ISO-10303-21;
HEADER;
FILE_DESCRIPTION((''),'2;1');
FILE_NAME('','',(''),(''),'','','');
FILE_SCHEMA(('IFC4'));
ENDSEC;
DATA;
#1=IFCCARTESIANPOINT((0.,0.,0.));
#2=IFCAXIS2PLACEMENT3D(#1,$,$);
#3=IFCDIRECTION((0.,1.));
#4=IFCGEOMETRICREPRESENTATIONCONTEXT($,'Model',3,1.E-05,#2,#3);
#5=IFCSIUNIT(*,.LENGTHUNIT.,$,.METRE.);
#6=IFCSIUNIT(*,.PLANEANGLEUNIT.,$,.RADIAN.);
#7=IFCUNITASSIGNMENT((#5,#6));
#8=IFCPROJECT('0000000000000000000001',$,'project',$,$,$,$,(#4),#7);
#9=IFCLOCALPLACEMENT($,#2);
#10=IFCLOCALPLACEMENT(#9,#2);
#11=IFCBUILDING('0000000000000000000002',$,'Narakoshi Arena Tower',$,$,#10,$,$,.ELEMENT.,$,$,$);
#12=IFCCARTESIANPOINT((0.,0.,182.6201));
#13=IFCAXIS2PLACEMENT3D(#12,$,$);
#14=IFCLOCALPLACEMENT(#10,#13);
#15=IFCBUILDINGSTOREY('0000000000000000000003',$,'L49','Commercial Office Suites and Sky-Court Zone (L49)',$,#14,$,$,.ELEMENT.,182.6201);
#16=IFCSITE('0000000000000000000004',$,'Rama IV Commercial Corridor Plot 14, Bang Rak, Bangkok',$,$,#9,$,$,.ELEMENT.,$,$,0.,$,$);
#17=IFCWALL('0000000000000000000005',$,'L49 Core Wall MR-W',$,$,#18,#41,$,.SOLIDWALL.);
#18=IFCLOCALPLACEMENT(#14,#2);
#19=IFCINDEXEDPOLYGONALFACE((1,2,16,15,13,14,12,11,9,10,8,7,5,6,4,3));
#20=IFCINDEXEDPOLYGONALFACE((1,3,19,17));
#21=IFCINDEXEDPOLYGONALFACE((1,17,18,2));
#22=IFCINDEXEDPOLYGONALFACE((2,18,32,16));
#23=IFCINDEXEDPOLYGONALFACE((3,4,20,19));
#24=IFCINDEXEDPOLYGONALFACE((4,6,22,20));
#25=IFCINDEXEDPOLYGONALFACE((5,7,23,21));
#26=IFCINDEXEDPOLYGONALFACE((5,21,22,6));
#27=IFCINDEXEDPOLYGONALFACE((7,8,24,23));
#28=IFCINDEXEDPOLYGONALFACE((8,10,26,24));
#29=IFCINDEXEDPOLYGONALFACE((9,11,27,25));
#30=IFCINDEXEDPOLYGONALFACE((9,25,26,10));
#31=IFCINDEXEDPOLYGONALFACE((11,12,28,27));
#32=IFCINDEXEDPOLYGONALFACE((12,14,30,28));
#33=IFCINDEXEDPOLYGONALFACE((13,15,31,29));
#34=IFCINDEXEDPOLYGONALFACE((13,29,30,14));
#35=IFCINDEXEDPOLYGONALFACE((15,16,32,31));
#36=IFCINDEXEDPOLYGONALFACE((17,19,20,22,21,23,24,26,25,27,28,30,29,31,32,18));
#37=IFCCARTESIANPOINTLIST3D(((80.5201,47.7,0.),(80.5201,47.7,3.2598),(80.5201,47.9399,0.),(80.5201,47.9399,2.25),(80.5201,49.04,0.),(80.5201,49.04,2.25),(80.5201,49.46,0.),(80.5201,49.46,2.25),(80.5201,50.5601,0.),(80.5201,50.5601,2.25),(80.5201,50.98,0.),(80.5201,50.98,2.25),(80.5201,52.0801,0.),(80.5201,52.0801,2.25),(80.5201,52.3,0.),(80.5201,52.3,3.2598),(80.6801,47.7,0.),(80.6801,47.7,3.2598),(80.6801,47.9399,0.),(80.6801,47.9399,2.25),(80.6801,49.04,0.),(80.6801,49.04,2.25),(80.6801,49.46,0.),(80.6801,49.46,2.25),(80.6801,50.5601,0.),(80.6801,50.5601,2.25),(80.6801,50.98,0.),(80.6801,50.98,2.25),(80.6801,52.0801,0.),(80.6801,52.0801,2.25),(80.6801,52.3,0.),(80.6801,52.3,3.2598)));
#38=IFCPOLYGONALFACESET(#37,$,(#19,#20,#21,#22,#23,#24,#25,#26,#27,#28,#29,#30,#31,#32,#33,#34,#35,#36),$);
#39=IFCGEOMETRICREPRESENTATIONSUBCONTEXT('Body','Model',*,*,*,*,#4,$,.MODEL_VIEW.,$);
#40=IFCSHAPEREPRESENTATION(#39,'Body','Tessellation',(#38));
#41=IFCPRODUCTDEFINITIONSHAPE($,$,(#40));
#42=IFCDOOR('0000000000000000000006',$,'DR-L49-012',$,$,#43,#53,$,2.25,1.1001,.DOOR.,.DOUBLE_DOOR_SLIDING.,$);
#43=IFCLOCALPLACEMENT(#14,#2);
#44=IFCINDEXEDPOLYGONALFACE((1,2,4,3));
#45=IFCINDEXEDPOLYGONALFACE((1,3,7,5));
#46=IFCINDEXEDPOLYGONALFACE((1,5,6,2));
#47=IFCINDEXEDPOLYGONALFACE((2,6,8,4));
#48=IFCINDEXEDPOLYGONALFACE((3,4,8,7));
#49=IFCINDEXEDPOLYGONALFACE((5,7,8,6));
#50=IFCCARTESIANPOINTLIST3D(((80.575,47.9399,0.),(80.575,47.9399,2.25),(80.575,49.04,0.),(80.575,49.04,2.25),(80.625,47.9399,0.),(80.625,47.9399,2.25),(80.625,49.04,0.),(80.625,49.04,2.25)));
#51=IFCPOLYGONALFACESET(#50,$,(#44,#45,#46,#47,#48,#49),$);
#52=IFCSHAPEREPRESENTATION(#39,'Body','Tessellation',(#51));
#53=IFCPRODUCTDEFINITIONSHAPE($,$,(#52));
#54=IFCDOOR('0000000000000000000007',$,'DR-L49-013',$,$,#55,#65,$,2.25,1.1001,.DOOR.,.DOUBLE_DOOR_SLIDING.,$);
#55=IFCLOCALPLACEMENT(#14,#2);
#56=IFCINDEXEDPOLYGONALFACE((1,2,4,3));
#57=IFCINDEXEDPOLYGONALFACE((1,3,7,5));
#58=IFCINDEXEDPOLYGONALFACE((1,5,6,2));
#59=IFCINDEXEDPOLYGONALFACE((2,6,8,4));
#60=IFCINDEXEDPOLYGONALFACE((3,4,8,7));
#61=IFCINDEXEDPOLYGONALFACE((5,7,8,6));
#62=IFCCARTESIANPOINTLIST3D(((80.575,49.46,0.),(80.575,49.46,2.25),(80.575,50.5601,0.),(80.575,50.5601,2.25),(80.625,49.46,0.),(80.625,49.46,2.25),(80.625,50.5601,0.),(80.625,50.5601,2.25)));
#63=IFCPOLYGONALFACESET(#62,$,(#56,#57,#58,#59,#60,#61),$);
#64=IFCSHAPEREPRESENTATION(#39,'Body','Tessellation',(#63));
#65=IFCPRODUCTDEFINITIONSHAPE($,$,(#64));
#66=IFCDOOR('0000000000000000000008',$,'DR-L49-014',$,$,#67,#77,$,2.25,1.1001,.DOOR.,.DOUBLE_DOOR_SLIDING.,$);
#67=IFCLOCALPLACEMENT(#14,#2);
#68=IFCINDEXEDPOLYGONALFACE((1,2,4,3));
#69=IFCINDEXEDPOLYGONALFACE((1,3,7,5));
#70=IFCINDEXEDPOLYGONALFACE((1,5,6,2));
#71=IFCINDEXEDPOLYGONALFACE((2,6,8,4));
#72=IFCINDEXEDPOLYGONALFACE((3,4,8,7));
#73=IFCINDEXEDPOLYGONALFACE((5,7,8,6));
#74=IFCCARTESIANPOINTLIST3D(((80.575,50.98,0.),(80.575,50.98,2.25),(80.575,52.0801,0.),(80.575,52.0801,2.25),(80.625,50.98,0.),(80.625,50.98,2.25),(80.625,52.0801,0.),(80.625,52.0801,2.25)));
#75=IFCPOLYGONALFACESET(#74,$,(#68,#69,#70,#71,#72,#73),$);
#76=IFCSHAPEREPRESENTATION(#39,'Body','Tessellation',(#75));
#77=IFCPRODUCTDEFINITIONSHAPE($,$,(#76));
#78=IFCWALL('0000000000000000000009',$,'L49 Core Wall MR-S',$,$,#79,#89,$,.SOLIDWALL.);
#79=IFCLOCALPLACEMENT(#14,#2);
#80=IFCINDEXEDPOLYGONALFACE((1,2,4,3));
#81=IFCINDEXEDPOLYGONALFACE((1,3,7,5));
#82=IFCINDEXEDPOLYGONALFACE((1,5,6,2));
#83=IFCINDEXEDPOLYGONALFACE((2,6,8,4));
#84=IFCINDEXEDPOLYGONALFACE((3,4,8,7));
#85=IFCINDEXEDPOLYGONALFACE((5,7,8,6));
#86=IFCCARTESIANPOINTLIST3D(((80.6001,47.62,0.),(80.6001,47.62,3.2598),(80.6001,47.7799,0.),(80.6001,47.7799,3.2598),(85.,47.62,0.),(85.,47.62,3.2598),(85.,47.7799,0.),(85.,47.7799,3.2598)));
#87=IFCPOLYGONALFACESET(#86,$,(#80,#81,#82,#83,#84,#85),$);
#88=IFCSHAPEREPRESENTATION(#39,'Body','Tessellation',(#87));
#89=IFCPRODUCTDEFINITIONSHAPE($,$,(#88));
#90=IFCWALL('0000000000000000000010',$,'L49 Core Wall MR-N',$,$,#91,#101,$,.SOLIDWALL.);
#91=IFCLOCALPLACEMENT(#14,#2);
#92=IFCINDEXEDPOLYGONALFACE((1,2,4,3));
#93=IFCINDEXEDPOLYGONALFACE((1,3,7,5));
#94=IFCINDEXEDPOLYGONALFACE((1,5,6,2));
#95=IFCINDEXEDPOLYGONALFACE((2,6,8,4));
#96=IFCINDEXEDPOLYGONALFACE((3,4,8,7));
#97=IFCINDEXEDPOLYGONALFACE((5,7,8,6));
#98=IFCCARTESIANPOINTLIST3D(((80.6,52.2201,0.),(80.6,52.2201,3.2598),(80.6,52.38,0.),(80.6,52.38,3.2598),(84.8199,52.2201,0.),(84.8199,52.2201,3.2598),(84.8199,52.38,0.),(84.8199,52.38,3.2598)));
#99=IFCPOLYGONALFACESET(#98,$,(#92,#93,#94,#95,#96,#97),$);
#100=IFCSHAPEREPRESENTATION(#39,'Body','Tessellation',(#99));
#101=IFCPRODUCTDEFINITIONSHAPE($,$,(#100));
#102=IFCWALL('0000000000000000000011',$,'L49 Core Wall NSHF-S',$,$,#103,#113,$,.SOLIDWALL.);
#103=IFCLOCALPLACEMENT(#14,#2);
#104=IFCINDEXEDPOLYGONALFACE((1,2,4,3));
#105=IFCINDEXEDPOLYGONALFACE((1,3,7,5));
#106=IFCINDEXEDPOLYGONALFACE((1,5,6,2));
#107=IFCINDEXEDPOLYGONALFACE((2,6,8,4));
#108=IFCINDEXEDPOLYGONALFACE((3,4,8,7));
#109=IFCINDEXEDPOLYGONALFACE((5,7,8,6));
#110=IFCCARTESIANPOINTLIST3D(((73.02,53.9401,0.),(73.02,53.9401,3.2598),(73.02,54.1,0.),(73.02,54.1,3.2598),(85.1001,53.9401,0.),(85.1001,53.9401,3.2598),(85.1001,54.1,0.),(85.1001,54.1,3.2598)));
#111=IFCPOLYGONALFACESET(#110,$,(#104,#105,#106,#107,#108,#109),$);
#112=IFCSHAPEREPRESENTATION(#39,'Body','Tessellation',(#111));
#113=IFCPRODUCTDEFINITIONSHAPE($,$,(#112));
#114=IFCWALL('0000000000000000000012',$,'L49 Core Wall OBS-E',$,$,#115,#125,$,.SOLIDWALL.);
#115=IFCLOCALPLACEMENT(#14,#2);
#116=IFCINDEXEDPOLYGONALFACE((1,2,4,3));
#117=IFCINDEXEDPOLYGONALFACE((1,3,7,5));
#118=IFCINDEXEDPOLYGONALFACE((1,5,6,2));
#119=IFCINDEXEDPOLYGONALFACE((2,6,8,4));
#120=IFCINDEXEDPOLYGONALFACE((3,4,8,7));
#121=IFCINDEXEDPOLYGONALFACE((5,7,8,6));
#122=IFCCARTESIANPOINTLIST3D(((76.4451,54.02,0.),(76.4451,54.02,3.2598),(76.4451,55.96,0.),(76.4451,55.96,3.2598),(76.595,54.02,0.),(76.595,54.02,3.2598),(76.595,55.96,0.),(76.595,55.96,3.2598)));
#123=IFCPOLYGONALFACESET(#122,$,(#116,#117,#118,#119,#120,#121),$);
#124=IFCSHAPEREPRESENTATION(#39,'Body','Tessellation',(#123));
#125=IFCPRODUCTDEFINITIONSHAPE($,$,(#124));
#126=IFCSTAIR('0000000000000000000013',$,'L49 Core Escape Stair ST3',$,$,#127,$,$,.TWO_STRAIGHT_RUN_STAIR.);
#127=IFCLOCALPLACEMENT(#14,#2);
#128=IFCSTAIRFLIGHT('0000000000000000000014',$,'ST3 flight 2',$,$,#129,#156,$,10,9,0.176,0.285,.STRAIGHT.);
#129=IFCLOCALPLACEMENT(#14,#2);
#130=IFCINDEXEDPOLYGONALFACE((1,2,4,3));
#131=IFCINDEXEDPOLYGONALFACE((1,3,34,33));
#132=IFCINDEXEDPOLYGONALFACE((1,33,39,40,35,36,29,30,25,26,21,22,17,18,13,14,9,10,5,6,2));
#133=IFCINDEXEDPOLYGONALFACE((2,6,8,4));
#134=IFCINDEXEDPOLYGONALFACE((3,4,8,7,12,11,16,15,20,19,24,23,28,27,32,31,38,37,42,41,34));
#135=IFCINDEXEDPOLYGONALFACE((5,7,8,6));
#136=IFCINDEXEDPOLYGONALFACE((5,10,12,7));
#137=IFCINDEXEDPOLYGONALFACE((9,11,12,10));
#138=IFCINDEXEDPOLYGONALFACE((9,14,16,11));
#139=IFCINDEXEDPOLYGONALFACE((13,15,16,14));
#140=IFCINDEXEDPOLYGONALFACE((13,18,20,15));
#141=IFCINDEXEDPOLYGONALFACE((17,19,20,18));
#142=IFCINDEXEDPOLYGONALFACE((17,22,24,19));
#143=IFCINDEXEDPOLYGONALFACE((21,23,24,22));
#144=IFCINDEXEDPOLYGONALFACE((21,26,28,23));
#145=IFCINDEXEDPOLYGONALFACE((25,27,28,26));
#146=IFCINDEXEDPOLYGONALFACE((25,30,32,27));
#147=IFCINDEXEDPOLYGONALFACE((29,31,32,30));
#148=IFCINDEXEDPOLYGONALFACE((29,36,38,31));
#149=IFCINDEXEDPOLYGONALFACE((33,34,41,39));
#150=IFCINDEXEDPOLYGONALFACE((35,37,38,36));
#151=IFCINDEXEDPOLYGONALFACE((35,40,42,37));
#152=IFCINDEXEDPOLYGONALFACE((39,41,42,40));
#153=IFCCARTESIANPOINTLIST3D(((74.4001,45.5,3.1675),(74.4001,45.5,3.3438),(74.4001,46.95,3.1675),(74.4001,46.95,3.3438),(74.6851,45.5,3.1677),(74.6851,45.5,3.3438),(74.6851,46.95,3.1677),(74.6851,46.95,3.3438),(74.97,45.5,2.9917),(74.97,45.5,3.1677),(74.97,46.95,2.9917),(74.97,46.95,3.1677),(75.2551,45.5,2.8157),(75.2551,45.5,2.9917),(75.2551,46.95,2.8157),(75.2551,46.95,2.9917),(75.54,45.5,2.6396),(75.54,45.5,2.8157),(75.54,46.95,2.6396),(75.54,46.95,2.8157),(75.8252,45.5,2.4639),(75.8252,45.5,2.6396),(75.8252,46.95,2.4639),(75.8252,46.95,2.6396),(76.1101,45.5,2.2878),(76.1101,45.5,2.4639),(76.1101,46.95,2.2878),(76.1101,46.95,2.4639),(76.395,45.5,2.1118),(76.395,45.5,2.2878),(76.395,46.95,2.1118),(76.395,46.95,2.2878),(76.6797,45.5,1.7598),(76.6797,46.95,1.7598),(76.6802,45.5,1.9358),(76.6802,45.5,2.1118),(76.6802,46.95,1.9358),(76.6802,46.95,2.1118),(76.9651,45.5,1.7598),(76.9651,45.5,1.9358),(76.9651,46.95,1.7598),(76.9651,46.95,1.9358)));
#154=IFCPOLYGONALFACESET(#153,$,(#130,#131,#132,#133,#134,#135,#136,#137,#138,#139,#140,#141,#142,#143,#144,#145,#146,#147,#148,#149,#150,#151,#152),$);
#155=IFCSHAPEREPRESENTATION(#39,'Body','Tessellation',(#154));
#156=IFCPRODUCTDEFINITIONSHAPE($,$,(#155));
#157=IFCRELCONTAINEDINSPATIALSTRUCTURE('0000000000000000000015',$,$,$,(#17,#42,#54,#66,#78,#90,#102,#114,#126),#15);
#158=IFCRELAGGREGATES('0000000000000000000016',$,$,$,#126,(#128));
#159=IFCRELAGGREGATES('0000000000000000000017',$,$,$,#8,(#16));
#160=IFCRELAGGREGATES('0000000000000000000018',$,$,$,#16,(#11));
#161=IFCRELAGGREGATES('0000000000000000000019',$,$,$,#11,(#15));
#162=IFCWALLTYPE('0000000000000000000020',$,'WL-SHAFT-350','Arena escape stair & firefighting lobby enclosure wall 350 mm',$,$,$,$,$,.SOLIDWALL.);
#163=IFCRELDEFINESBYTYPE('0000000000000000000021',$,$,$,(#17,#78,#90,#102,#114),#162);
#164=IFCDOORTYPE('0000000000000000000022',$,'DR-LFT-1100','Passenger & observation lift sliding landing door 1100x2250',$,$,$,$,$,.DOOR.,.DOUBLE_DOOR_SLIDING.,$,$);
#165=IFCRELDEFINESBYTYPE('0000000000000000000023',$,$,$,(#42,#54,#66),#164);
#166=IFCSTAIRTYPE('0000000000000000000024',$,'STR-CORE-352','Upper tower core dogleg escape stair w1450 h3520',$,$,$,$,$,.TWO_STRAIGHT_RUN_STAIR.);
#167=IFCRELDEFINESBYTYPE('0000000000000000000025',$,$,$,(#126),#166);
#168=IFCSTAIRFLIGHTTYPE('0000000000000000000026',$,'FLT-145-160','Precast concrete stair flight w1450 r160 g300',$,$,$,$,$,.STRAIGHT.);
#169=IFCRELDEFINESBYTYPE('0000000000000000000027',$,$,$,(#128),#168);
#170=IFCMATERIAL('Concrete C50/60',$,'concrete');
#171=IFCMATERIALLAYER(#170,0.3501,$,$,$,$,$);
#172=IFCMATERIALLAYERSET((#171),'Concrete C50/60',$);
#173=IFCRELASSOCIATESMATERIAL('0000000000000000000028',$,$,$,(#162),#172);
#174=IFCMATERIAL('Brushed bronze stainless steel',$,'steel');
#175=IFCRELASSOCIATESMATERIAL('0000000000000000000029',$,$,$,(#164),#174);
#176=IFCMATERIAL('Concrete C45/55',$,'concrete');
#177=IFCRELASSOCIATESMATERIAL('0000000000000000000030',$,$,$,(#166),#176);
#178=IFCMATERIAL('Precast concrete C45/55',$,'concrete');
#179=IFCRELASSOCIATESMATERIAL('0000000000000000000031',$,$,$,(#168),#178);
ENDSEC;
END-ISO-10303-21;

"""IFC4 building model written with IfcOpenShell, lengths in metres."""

from ifc_helpers import new_model, si_unit, direction, frame, frame_2d, origin, place, context, subcontext, project, spatial, polyline, rectangle, outline, extrude, material, layer, layer_set, type_object, element, fill, aggregate, save


model = new_model("IFC4")

# Units and contexts
model_context = context("Model", 3, precision=1e-05, world=origin(), true_north=direction((0.0, 1.0)))
body_context = subcontext(model_context, "Body", "Model", "MODEL_VIEW")
ifc_project = project(units=[si_unit("LENGTHUNIT", "METRE"), si_unit("PLANEANGLEUNIT", "RADIAN")], contexts=[model_context])

# Site, building, storey
site_placement = place(None, origin())
site = spatial("IfcSite", under=ifc_project, at=site_placement, Name="Rama IV Commercial Corridor Plot 14, Bang Rak, Bangkok", CompositionType="ELEMENT", RefElevation=0.0)
building_placement = place(site_placement, origin())
building = spatial("IfcBuilding", under=site, at=building_placement, Name="Narakoshi Arena Tower", CompositionType="ELEMENT")
storey_placement = place(building_placement, frame((0.0, 0.0, 182.6201)))
storey = spatial("IfcBuildingStorey", under=building, at=storey_placement, Name="L49", Description="Commercial Office Suites and Sky-Court Zone (L49)", CompositionType="ELEMENT", Elevation=182.6201)

# Shared definitions
ifc_material_1 = material(Name="Concrete C50/60", Category="concrete")
ifc_layer_1 = layer(ifc_material_1, 0.3501)
ifc_layer_set_1 = layer_set([ifc_layer_1], Name="Concrete C50/60")
wall_type_1 = type_object("IfcWallType", Name="WL-SHAFT-350", Description="Arena escape stair & firefighting lobby enclosure wall 350 mm", PredefinedType="SOLIDWALL", material=ifc_layer_set_1)

# Wall, openings, doors
wall_1_placement = place(storey_placement, frame((80.6001, 47.7, 0.0), z_axis=(0.0, 0.0, 1.0), x_axis=(0.0, 1.0, 0.0)))
wall_1 = element("IfcWall", 1, at=wall_1_placement, inside=storey, type_object=wall_type_1, Name="L49 Core Wall MR-W", PredefinedType="SOLIDWALL", context=body_context, shape_type="SweptSolid", body=[
    extrude(rectangle(XDim=4.6001, YDim=0.1599, at=frame_2d((2.3, 0.0))), origin(), (0.0, 0.0, 1.0), 3.2598),
])
opening_1_placement = place(wall_1_placement, frame((0.24, 0.0, 0.0)))
opening_1 = element("IfcOpeningElement", 2, at=opening_1_placement, cuts=wall_1, PredefinedType="OPENING", context=body_context, shape_type="SweptSolid", body=[
    extrude(rectangle(XDim=1.1001, YDim=2.25, at=frame_2d((0.55, 1.125))), frame((0.0, 0.0898, 0.0), z_axis=(0.0, -1.0, 0.0), x_axis=(1.0, 0.0, 0.0)), (0.0, 0.0, 1.0), 0.1799),
])
opening_2_placement = place(wall_1_placement, frame((1.76, 0.0, 0.0)))
opening_2 = element("IfcOpeningElement", 3, at=opening_2_placement, cuts=wall_1, PredefinedType="OPENING", context=body_context, shape_type="SweptSolid", body=[
    extrude(rectangle(XDim=1.1001, YDim=2.25, at=frame_2d((0.55, 1.125))), frame((0.0, 0.0898, 0.0), z_axis=(0.0, -1.0, 0.0), x_axis=(1.0, 0.0, 0.0)), (0.0, 0.0, 1.0), 0.1799),
])
opening_3_placement = place(wall_1_placement, frame((3.28, 0.0, 0.0)))
opening_3 = element("IfcOpeningElement", 4, at=opening_3_placement, cuts=wall_1, PredefinedType="OPENING", context=body_context, shape_type="SweptSolid", body=[
    extrude(rectangle(XDim=1.1001, YDim=2.25, at=frame_2d((0.55, 1.125))), frame((0.0, 0.0898, 0.0), z_axis=(0.0, -1.0, 0.0), x_axis=(1.0, 0.0, 0.0)), (0.0, 0.0, 1.0), 0.1799),
])
ifc_material_2 = material(Name="Brushed bronze stainless steel", Category="steel")
door_type_1 = type_object("IfcDoorType", Name="DR-LFT-1100", Description="Passenger & observation lift sliding landing door 1100x2250", OperationType="DOUBLE_DOOR_SLIDING", PredefinedType="DOOR", material=ifc_material_2)
door_1_placement = place(opening_1_placement, frame((1.1001, 0.0, 0.0), z_axis=(0.0, 0.0, 1.0), x_axis=(-1.0, 0.0, 0.0)))
door_1 = element("IfcDoor", 5, at=door_1_placement, inside=storey, type_object=door_type_1, Name="DR-L49-012", OperationType="DOUBLE_DOOR_SLIDING", OverallHeight=2.25, OverallWidth=1.1001, PredefinedType="DOOR", context=body_context, shape_type="SweptSolid", body=[
    extrude(rectangle(XDim=1.1001, YDim=2.25, at=frame_2d((0.55, 1.125))), frame((0.0, 0.0249, 0.0), z_axis=(0.0, -1.0, 0.0), x_axis=(1.0, 0.0, 0.0)), (0.0, 0.0, 1.0), 0.05),
])
fill(opening_1, door_1)
door_2_placement = place(opening_2_placement, frame((1.1001, 0.0, 0.0), z_axis=(0.0, 0.0, 1.0), x_axis=(-1.0, 0.0, 0.0)))
door_2 = element("IfcDoor", 6, at=door_2_placement, inside=storey, type_object=door_type_1, Name="DR-L49-013", OperationType="DOUBLE_DOOR_SLIDING", OverallHeight=2.25, OverallWidth=1.1001, PredefinedType="DOOR", context=body_context, shape_type="SweptSolid", body=[
    extrude(rectangle(XDim=1.1001, YDim=2.25, at=frame_2d((0.55, 1.125))), frame((0.0, 0.0249, 0.0), z_axis=(0.0, -1.0, 0.0), x_axis=(1.0, 0.0, 0.0)), (0.0, 0.0, 1.0), 0.05),
])
fill(opening_2, door_2)
door_3_placement = place(opening_3_placement, frame((1.1001, 0.0, 0.0), z_axis=(0.0, 0.0, 1.0), x_axis=(-1.0, 0.0, 0.0)))
door_3 = element("IfcDoor", 7, at=door_3_placement, inside=storey, type_object=door_type_1, Name="DR-L49-014", OperationType="DOUBLE_DOOR_SLIDING", OverallHeight=2.25, OverallWidth=1.1001, PredefinedType="DOOR", context=body_context, shape_type="SweptSolid", body=[
    extrude(rectangle(XDim=1.1001, YDim=2.25, at=frame_2d((0.55, 1.125))), frame((0.0, 0.0249, 0.0), z_axis=(0.0, -1.0, 0.0), x_axis=(1.0, 0.0, 0.0)), (0.0, 0.0, 1.0), 0.05),
])
fill(opening_3, door_3)

# Walls
wall_2_placement = place(storey_placement, frame((80.6001, 47.7, 0.0), z_axis=(0.0, 0.0, 1.0), x_axis=(1.0, 0.0, 0.0)))
element("IfcWall", 8, at=wall_2_placement, inside=storey, type_object=wall_type_1, Name="L49 Core Wall MR-S", PredefinedType="SOLIDWALL", context=body_context, shape_type="SweptSolid", body=[
    extrude(rectangle(XDim=4.3999, YDim=0.1599, at=frame_2d((2.2, 0.0))), origin(), (0.0, 0.0, 1.0), 3.2598),
])
wall_3_placement = place(storey_placement, frame((80.6001, 52.3, 0.0), z_axis=(0.0, 0.0, 1.0), x_axis=(1.0, 0.0, 0.0)))
element("IfcWall", 9, at=wall_3_placement, inside=storey, type_object=wall_type_1, Name="L49 Core Wall MR-N", PredefinedType="SOLIDWALL", context=body_context, shape_type="SweptSolid", body=[
    extrude(rectangle(XDim=4.22, YDim=0.1599, at=frame_2d((2.1099, 0.0))), origin(), (0.0, 0.0, 1.0), 3.2598),
])
wall_4_placement = place(storey_placement, frame((73.02, 54.02, 0.0), z_axis=(0.0, 0.0, 1.0), x_axis=(1.0, 0.0, 0.0)))
element("IfcWall", 10, at=wall_4_placement, inside=storey, type_object=wall_type_1, Name="L49 Core Wall NSHF-S", PredefinedType="SOLIDWALL", context=body_context, shape_type="SweptSolid", body=[
    extrude(rectangle(XDim=12.0801, YDim=0.1599, at=frame_2d((6.04, 0.0))), origin(), (0.0, 0.0, 1.0), 3.2598),
])
wall_5_placement = place(storey_placement, frame((76.52, 54.02, 0.0), z_axis=(0.0, 0.0, 1.0), x_axis=(0.0, 1.0, 0.0)))
element("IfcWall", 11, at=wall_5_placement, inside=storey, type_object=wall_type_1, Name="L49 Core Wall OBS-E", PredefinedType="SOLIDWALL", context=body_context, shape_type="SweptSolid", body=[
    extrude(rectangle(XDim=1.9399, YDim=0.1499, at=frame_2d((0.97, 0.0))), origin(), (0.0, 0.0, 1.0), 3.2598),
])

# Stair, stair flight
ifc_material_3 = material(Name="Concrete C45/55", Category="concrete")
stair_type = type_object("IfcStairType", Name="STR-CORE-352", Description="Upper tower core dogleg escape stair w1450 h3520", PredefinedType="TWO_STRAIGHT_RUN_STAIR", material=ifc_material_3)
stair_placement = place(storey_placement, origin())
stair = element("IfcStair", 12, at=stair_placement, inside=storey, type_object=stair_type, Name="L49 Core Escape Stair ST3", PredefinedType="TWO_STRAIGHT_RUN_STAIR")
ifc_material_4 = material(Name="Precast concrete C45/55", Category="concrete")
stair_flight_type = type_object("IfcStairFlightType", Name="FLT-145-160", Description="Precast concrete stair flight w1450 r160 g300", PredefinedType="STRAIGHT", material=ifc_material_4)
stair_flight_placement = place(storey_placement, frame((76.9651, 46.2251, 1.7598), z_axis=(0.0, 0.0, 1.0), x_axis=(-1.0, 0.0, 0.0)))
stair_flight = element("IfcStairFlight", 13, at=stair_flight_placement, type_object=stair_flight_type, Name="ST3 flight 2", NumberOfRisers=10, NumberOfTreads=9, PredefinedType="STRAIGHT", RiserHeight=0.176, TreadLength=0.285, context=body_context, shape_type="SweptSolid", body=[
    extrude(outline(polyline([(0.0, 0.0), (0.0, 0.176), (0.2849, 0.176), (0.2849, 0.3521), (0.5701, 0.3521), (0.5701, 0.5281), (0.855, 0.5281), (0.855, 0.7041), (1.1399, 0.7041), (1.1399, 0.8799), (1.425, 0.8799), (1.425, 1.0559), (1.71, 1.0559), (1.71, 1.2319), (1.9951, 1.2319), (1.9951, 1.408), (2.28, 1.408), (2.28, 1.584), (2.5649, 1.584), (2.5649, 1.76), (2.5649, 1.4077), (0.2854, 0.0), (0.0, 0.0)])), frame((0.0, 0.7251, 0.0), z_axis=(0.0, -1.0, 0.0), x_axis=(1.0, 0.0, 0.0)), (0.0, 0.0, 1.0), 1.45),
])
aggregate(stair, [stair_flight])

save(model, "model.ifc")
